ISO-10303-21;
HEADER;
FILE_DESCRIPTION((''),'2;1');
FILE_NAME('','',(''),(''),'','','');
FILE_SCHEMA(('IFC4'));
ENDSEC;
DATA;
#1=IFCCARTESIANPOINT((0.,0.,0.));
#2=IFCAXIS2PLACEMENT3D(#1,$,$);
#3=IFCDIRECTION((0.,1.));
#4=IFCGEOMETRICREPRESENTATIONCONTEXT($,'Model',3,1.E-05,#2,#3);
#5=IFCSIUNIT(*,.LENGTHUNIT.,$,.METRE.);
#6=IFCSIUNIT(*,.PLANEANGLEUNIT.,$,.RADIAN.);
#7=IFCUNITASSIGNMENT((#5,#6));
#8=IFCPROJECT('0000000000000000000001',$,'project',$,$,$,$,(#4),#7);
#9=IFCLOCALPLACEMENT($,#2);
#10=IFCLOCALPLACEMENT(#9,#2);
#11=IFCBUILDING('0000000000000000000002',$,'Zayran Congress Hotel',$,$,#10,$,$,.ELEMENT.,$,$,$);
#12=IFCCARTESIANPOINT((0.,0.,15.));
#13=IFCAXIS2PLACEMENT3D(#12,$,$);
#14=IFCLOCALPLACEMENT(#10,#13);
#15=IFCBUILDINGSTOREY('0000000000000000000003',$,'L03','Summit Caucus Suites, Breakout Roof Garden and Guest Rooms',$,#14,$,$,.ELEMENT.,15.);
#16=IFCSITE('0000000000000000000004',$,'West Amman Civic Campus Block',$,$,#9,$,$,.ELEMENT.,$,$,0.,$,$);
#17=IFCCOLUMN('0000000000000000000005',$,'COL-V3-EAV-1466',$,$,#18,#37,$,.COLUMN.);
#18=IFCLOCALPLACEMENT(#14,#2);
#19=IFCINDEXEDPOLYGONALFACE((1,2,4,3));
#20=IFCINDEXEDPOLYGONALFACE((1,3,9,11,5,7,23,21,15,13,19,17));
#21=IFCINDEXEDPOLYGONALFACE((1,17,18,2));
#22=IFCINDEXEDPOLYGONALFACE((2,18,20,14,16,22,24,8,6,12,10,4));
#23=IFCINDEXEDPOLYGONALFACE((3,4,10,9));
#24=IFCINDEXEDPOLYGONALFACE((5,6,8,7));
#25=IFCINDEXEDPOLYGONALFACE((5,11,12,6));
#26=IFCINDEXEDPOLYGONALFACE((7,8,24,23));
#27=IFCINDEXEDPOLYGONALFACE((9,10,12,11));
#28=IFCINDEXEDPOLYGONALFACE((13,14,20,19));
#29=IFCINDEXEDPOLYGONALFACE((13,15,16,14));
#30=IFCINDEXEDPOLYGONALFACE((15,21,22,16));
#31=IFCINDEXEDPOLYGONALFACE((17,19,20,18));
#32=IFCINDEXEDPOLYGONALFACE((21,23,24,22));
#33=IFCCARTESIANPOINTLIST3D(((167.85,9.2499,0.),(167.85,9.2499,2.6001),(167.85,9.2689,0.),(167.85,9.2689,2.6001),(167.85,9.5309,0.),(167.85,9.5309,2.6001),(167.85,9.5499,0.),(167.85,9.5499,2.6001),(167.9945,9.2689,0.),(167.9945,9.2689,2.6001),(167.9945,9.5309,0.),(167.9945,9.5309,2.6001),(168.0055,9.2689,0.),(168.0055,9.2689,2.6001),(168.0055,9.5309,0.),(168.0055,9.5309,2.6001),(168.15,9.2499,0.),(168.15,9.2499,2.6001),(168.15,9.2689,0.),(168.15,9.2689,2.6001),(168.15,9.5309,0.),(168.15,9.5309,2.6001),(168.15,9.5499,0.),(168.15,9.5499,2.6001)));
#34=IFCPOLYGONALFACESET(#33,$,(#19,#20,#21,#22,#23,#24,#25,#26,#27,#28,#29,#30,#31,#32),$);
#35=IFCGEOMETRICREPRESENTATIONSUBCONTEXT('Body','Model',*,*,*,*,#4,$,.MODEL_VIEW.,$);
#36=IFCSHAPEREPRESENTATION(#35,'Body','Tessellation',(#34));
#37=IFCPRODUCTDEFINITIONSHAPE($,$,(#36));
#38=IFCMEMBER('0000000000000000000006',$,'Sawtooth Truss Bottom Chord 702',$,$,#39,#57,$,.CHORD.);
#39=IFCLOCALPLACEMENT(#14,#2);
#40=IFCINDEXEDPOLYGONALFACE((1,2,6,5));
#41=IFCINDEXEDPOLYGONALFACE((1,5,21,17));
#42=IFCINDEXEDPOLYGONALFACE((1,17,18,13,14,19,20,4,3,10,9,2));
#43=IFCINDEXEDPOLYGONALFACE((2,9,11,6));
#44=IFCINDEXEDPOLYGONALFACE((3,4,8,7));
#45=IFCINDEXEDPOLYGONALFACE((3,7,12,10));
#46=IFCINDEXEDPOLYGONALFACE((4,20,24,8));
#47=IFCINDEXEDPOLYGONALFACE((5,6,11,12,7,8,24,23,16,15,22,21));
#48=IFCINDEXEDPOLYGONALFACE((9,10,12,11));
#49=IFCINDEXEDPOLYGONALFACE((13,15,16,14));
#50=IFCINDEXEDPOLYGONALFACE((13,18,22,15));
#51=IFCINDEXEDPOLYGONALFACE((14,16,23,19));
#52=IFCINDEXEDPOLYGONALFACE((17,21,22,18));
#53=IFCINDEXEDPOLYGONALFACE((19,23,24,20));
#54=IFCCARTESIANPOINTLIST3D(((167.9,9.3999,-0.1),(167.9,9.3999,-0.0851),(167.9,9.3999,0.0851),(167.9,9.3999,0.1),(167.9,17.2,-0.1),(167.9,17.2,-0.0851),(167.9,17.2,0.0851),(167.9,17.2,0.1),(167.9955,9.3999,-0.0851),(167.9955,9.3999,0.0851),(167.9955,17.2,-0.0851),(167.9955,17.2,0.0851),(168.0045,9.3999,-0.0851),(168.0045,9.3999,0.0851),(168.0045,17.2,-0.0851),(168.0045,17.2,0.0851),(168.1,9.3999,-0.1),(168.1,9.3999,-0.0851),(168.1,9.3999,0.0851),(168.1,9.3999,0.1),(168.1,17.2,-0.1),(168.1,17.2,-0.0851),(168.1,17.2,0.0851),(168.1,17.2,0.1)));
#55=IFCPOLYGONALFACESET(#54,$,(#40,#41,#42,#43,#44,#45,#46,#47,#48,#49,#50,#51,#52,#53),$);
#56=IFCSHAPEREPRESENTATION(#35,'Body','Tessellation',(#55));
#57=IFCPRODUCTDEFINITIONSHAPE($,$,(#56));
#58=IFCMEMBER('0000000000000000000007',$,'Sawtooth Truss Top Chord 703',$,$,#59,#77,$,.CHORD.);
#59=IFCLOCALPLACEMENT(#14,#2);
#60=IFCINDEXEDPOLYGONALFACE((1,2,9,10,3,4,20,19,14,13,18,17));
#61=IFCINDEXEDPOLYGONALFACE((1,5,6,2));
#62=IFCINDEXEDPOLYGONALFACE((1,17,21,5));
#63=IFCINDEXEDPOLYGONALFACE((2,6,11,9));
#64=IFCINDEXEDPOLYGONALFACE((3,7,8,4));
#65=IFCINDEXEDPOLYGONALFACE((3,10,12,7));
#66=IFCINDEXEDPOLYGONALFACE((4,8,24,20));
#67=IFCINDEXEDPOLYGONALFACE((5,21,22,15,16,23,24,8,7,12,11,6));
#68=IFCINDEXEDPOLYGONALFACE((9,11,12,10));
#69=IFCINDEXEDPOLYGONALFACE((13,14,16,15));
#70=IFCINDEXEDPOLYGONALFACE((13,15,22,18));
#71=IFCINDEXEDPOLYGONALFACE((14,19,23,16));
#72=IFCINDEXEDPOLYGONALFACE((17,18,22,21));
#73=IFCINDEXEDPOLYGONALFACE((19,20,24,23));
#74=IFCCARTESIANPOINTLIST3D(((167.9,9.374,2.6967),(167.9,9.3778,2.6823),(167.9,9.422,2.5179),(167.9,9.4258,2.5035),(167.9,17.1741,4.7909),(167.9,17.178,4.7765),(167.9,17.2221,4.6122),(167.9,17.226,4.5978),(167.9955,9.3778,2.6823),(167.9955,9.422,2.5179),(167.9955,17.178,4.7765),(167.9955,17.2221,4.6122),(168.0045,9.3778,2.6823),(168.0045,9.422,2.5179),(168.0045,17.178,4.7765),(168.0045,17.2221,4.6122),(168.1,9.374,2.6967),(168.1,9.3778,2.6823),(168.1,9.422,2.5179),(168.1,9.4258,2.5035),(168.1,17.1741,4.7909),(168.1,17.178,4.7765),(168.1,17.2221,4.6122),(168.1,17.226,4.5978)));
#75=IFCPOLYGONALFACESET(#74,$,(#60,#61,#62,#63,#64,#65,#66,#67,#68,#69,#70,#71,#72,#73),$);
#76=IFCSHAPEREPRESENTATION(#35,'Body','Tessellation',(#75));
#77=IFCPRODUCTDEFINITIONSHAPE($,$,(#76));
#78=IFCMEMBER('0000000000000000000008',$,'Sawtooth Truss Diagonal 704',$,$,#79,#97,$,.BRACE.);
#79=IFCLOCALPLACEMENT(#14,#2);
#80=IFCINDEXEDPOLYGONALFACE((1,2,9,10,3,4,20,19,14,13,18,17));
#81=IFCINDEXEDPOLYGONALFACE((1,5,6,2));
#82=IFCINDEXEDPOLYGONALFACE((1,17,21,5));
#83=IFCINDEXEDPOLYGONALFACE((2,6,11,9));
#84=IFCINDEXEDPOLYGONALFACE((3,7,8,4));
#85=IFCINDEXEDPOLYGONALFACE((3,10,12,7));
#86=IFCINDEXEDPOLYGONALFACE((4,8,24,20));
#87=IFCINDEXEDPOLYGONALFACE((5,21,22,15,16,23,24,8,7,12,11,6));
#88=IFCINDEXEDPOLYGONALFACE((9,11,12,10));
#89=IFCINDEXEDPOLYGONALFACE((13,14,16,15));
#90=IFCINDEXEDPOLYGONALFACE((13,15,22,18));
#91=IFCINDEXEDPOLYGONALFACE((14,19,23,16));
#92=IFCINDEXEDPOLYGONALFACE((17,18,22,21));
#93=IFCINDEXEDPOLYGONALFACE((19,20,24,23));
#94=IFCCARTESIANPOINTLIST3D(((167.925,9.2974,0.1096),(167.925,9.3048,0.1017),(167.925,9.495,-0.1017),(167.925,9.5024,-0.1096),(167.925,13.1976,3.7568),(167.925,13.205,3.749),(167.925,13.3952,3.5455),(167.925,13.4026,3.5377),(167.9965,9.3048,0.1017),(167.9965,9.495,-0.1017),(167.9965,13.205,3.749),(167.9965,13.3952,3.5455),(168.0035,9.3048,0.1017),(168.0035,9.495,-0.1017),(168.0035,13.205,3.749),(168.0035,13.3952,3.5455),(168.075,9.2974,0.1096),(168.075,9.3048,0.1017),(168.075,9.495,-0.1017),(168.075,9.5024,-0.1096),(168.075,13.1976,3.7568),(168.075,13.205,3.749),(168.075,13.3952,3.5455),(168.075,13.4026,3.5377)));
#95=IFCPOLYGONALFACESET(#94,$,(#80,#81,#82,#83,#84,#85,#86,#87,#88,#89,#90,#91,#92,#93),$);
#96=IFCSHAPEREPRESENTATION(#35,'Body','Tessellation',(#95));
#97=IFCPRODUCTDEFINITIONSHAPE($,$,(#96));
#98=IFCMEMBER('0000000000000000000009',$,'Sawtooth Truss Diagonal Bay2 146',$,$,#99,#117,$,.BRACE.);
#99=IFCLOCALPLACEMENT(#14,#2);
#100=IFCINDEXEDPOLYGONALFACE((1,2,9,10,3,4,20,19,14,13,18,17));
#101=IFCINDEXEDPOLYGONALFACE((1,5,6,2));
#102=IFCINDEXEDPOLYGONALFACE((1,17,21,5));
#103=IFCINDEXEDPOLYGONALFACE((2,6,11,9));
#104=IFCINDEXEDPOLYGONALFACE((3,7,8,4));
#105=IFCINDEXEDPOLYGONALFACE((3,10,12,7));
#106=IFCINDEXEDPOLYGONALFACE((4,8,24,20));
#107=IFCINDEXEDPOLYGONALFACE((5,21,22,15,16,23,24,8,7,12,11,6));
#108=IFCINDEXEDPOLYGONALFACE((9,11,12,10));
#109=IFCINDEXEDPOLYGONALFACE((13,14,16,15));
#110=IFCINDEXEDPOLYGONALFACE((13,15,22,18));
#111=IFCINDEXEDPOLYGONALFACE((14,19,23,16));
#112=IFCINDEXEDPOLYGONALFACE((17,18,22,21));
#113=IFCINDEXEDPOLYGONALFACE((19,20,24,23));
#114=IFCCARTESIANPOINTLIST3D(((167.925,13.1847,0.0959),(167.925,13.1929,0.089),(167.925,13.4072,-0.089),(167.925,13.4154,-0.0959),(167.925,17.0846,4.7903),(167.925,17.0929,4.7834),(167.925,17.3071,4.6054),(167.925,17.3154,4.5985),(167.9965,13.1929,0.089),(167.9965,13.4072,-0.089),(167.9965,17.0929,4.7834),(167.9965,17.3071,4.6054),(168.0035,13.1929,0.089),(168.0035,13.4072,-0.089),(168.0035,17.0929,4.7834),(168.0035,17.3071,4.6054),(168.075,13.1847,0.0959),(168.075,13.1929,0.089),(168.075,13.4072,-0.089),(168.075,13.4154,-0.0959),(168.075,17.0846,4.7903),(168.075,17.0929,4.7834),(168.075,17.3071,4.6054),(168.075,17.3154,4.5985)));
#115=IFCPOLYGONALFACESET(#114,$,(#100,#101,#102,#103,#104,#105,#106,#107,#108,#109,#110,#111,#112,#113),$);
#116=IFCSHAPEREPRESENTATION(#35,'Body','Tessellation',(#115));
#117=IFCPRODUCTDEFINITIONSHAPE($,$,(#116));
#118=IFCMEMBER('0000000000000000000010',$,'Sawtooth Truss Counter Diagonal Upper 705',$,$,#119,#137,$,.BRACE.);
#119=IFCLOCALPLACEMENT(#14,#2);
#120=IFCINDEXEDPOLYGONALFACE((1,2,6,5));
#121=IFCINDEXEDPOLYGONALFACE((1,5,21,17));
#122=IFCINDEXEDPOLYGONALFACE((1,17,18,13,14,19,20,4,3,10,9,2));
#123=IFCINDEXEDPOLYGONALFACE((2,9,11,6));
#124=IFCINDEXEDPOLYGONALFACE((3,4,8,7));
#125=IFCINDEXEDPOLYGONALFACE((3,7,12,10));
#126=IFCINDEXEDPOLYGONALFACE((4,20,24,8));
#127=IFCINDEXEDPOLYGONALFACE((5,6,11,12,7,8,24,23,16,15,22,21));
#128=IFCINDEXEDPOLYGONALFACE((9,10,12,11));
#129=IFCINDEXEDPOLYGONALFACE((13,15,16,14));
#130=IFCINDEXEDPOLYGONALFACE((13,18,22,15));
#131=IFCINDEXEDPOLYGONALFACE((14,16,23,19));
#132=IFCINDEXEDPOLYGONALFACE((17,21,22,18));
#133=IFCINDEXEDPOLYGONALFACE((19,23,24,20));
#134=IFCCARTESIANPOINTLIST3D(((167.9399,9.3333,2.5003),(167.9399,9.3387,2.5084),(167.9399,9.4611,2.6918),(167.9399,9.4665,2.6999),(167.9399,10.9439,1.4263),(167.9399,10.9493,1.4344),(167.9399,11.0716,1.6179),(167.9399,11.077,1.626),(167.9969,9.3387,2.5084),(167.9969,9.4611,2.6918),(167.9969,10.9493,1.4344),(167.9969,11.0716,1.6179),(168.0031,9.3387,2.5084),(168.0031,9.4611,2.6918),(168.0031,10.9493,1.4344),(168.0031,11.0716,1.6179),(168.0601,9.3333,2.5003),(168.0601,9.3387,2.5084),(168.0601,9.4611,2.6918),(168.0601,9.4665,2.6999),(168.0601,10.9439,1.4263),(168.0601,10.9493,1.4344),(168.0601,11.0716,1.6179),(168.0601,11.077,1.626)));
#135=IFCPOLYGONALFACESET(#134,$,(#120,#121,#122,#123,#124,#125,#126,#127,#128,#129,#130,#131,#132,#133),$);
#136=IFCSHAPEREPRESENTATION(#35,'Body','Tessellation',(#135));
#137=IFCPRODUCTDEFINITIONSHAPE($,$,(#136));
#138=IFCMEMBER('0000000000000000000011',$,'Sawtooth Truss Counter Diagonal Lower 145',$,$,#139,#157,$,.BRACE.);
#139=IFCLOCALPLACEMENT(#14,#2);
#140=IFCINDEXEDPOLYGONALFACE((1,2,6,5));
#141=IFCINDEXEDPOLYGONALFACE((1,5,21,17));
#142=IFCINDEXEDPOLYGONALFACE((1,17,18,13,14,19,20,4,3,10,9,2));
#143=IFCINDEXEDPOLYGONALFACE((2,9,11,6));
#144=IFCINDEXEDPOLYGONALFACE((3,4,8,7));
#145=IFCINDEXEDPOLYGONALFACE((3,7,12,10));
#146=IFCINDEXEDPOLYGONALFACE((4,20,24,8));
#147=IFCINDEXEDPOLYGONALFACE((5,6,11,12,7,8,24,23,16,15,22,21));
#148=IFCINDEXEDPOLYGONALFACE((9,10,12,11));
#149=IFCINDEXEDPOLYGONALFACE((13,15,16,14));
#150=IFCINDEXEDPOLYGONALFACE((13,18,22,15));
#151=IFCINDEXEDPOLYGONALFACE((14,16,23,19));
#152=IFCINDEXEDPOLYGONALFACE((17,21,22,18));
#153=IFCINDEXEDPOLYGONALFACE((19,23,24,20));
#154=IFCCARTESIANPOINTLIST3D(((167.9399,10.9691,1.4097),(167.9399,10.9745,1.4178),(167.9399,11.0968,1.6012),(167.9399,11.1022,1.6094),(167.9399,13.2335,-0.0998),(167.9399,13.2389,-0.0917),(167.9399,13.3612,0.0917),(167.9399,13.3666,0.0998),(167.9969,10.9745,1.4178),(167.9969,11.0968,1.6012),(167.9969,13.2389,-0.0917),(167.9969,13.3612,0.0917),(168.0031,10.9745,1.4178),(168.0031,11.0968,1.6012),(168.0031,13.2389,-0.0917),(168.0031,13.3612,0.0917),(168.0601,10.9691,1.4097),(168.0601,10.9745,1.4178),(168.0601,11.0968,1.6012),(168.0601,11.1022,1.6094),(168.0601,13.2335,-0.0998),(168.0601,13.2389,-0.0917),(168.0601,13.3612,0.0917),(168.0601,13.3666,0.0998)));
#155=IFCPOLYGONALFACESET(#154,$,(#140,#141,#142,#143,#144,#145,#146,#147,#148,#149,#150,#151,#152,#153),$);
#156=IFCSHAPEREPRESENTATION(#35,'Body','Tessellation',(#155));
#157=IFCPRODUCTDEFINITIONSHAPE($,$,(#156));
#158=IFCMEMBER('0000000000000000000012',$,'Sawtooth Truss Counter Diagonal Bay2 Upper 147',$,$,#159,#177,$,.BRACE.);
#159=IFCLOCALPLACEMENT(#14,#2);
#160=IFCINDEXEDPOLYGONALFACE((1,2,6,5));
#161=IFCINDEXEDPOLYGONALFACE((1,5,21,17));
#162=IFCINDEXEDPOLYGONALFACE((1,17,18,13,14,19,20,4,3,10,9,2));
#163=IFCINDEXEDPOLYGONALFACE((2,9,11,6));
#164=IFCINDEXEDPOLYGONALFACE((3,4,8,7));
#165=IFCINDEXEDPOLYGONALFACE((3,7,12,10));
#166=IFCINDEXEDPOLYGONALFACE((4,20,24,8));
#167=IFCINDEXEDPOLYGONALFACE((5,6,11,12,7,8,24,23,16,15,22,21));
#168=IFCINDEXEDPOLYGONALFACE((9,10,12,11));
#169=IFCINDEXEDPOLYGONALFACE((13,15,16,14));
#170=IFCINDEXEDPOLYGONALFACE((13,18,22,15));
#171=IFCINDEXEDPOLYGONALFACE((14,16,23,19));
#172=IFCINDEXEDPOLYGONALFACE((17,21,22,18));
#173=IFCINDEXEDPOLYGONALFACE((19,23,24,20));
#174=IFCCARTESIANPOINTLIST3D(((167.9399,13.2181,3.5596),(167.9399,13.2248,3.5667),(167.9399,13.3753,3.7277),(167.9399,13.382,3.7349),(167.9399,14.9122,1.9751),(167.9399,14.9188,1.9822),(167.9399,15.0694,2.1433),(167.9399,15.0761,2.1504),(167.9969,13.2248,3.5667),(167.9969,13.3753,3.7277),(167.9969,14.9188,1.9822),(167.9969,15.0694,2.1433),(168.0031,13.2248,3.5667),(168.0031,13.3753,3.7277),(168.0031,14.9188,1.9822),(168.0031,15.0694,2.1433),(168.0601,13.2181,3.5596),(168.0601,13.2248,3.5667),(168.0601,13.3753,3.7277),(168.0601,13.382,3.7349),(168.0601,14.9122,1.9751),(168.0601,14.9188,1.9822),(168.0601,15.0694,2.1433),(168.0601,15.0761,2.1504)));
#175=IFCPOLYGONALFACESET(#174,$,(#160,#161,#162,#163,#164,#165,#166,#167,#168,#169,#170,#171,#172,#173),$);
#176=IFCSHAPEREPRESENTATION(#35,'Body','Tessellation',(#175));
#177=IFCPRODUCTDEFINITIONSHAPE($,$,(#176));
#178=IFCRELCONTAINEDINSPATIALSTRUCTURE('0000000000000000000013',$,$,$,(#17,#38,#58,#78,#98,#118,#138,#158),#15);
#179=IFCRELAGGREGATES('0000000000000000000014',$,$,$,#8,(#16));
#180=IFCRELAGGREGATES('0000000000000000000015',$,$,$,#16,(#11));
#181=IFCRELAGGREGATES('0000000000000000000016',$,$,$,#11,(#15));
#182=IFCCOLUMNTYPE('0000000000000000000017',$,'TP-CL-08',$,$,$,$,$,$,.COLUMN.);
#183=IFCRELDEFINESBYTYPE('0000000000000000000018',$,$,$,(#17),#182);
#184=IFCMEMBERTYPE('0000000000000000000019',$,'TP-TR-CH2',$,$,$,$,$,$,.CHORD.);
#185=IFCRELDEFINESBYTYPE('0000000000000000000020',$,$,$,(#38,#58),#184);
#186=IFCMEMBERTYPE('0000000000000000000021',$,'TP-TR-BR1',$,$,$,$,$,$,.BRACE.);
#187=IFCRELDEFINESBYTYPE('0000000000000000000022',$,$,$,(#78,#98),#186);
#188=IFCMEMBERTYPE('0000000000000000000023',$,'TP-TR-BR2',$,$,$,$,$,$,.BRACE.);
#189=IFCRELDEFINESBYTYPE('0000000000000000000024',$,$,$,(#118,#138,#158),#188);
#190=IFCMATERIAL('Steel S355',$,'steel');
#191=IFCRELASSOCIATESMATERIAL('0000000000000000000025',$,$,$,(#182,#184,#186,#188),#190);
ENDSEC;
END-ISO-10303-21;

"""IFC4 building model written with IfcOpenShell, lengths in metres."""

from ifc_helpers import new_model, si_unit, direction, frame, origin, origin_2d, place, context, subcontext, project, spatial, i_section, extrude, material, material_profile, profile_set, type_object, element, save


model = new_model("IFC4")

# Units and contexts
model_context = context("Model", 3, precision=1e-05, world=origin(), true_north=direction((0.0, 1.0)))
body_context = subcontext(model_context, "Body", "Model", "MODEL_VIEW")
ifc_project = project(units=[si_unit("LENGTHUNIT", "METRE"), si_unit("PLANEANGLEUNIT", "RADIAN")], contexts=[model_context])

# Site, building, storey
site_placement = place(None, origin())
site = spatial("IfcSite", under=ifc_project, at=site_placement, Name="West Amman Civic Campus Block", CompositionType="ELEMENT", RefElevation=0.0)
building_placement = place(site_placement, origin())
building = spatial("IfcBuilding", under=site, at=building_placement, Name="Zayran Congress Hotel", CompositionType="ELEMENT")
storey_placement = place(building_placement, frame((0.0, 0.0, 15.0)))
storey = spatial("IfcBuildingStorey", under=building, at=storey_placement, Name="L03", Description="Summit Caucus Suites, Breakout Roof Garden and Guest Rooms", CompositionType="ELEMENT", Elevation=15.0)

# Column
ifc_material_1 = material(Name="Steel S355", Category="steel")
ifc_material_profile_1 = material_profile(ifc_material_1, i_section(OverallWidth=0.3, OverallDepth=0.3, WebThickness=0.011, FlangeThickness=0.019, at=origin_2d()), Name="HEB 300")
ifc_profile_set_1 = profile_set([ifc_material_profile_1], Name="Steel S355")
column_type = type_object("IfcColumnType", Name="TP-CL-08", PredefinedType="COLUMN", material=ifc_profile_set_1)
column_placement = place(storey_placement, frame((168.0, 9.3999, 0.0), z_axis=(0.0, 0.0, 1.0), x_axis=(1.0, 0.0, 0.0)))
element("IfcColumn", 1, at=column_placement, inside=storey, type_object=column_type, Name="COL-V3-EAV-1466", PredefinedType="COLUMN", context=body_context, shape_type="SweptSolid", body=[
    extrude(i_section(OverallWidth=0.3, OverallDepth=0.3, WebThickness=0.011, FlangeThickness=0.019, at=origin_2d()), origin(), (0.0, 0.0, 1.0), 2.6001),
])

# Members
ifc_material_profile_2 = material_profile(ifc_material_1, i_section(OverallWidth=0.2, OverallDepth=0.2, WebThickness=0.009, FlangeThickness=0.0149, at=origin_2d()), Name="HEB 200")
ifc_profile_set_2 = profile_set([ifc_material_profile_2], Name="Steel S355")
member_type_1 = type_object("IfcMemberType", Name="TP-TR-CH2", PredefinedType="CHORD", material=ifc_profile_set_2)
member_1_placement = place(storey_placement, frame((168.0, 9.3999, 0.0), z_axis=(0.0, 1.0, 0.0), x_axis=(-1.0, 0.0, 0.0)))
element("IfcMember", 2, at=member_1_placement, inside=storey, type_object=member_type_1, Name="Sawtooth Truss Bottom Chord 702", PredefinedType="CHORD", context=body_context, shape_type="SweptSolid", body=[
    extrude(i_section(OverallWidth=0.2, OverallDepth=0.2, WebThickness=0.009, FlangeThickness=0.0149, at=origin_2d()), origin(), (0.0, 0.0, 1.0), 7.8),
])
member_2_placement = place(storey_placement, frame((168.0, 9.3999, 2.6001), z_axis=(0.0, 0.965795, 0.259307), x_axis=(-1.0, 0.0, 0.0)))
element("IfcMember", 3, at=member_2_placement, inside=storey, type_object=member_type_1, Name="Sawtooth Truss Top Chord 703", PredefinedType="CHORD", context=body_context, shape_type="SweptSolid", body=[
    extrude(i_section(OverallWidth=0.2, OverallDepth=0.2, WebThickness=0.009, FlangeThickness=0.0149, at=origin_2d()), origin(), (0.0, 0.0, 1.0), 8.0764),
])
ifc_material_profile_3 = material_profile(ifc_material_1, i_section(OverallWidth=0.1499, OverallDepth=0.3, WebThickness=0.0071, FlangeThickness=0.0107, at=origin_2d()), Name="IPE 300")
ifc_profile_set_3 = profile_set([ifc_material_profile_3], Name="Steel S355")
member_type_2 = type_object("IfcMemberType", Name="TP-TR-BR1", PredefinedType="BRACE", material=ifc_profile_set_3)
member_3_placement = place(storey_placement, frame((168.0, 9.3999, 0.0), z_axis=(0.0, 0.730394, 0.683027), x_axis=(-1.0, 0.0, 0.0)))
element("IfcMember", 4, at=member_3_placement, inside=storey, type_object=member_type_2, Name="Sawtooth Truss Diagonal 704", PredefinedType="BRACE", context=body_context, shape_type="SweptSolid", body=[
    extrude(i_section(OverallWidth=0.1499, OverallDepth=0.3, WebThickness=0.0071, FlangeThickness=0.0107, at=origin_2d()), origin(), (0.0, 0.0, 1.0), 5.3398),
])
member_4_placement = place(storey_placement, frame((168.0, 13.3, 0.0), z_axis=(0.0, 0.639019, 0.769191), x_axis=(-1.0, 0.0, 0.0)))
element("IfcMember", 5, at=member_4_placement, inside=storey, type_object=member_type_2, Name="Sawtooth Truss Diagonal Bay2 146", PredefinedType="BRACE", context=body_context, shape_type="SweptSolid", body=[
    extrude(i_section(OverallWidth=0.1499, OverallDepth=0.3, WebThickness=0.0071, FlangeThickness=0.0107, at=origin_2d()), origin(), (0.0, 0.0, 1.0), 6.103),
])
ifc_material_profile_4 = material_profile(ifc_material_1, i_section(OverallWidth=0.1201, OverallDepth=0.24, WebThickness=0.0061, FlangeThickness=0.0098, at=origin_2d()), Name="IPE 240")
ifc_profile_set_4 = profile_set([ifc_material_profile_4], Name="Steel S355")
member_type_3 = type_object("IfcMemberType", Name="TP-TR-BR2", PredefinedType="BRACE", material=ifc_profile_set_4)
member_5_placement = place(storey_placement, frame((168.0, 9.3999, 2.6001), z_axis=(0.0, 0.831992, -0.554788), x_axis=(-1.0, 0.0, 0.0)))
element("IfcMember", 6, at=member_5_placement, inside=storey, type_object=member_type_3, Name="Sawtooth Truss Counter Diagonal Upper 705", PredefinedType="BRACE", context=body_context, shape_type="SweptSolid", body=[
    extrude(i_section(OverallWidth=0.1201, OverallDepth=0.24, WebThickness=0.0061, FlangeThickness=0.0098, at=origin_2d()), origin(), (0.0, 0.0, 1.0), 1.9358),
])
member_6_placement = place(storey_placement, frame((168.0, 11.0356, 1.5095), z_axis=(0.0, 0.832064, -0.554679), x_axis=(-1.0, 0.0, 0.0)))
element("IfcMember", 7, at=member_6_placement, inside=storey, type_object=member_type_3, Name="Sawtooth Truss Counter Diagonal Lower 145", PredefinedType="BRACE", context=body_context, shape_type="SweptSolid", body=[
    extrude(i_section(OverallWidth=0.1201, OverallDepth=0.24, WebThickness=0.0061, FlangeThickness=0.0098, at=origin_2d()), origin(), (0.0, 0.0, 1.0), 2.7214),
])
member_7_placement = place(storey_placement, frame((168.0, 13.3, 3.6472), z_axis=(0.0, 0.730341, -0.683083), x_axis=(-1.0, 0.0, 0.0)))
element("IfcMember", 8, at=member_7_placement, inside=storey, type_object=member_type_3, Name="Sawtooth Truss Counter Diagonal Bay2 Upper 147", PredefinedType="BRACE", context=body_context, shape_type="SweptSolid", body=[
    extrude(i_section(OverallWidth=0.1201, OverallDepth=0.24, WebThickness=0.0061, FlangeThickness=0.0098, at=origin_2d()), origin(), (0.0, 0.0, 1.0), 2.3196),
])

save(model, "model.ifc")
